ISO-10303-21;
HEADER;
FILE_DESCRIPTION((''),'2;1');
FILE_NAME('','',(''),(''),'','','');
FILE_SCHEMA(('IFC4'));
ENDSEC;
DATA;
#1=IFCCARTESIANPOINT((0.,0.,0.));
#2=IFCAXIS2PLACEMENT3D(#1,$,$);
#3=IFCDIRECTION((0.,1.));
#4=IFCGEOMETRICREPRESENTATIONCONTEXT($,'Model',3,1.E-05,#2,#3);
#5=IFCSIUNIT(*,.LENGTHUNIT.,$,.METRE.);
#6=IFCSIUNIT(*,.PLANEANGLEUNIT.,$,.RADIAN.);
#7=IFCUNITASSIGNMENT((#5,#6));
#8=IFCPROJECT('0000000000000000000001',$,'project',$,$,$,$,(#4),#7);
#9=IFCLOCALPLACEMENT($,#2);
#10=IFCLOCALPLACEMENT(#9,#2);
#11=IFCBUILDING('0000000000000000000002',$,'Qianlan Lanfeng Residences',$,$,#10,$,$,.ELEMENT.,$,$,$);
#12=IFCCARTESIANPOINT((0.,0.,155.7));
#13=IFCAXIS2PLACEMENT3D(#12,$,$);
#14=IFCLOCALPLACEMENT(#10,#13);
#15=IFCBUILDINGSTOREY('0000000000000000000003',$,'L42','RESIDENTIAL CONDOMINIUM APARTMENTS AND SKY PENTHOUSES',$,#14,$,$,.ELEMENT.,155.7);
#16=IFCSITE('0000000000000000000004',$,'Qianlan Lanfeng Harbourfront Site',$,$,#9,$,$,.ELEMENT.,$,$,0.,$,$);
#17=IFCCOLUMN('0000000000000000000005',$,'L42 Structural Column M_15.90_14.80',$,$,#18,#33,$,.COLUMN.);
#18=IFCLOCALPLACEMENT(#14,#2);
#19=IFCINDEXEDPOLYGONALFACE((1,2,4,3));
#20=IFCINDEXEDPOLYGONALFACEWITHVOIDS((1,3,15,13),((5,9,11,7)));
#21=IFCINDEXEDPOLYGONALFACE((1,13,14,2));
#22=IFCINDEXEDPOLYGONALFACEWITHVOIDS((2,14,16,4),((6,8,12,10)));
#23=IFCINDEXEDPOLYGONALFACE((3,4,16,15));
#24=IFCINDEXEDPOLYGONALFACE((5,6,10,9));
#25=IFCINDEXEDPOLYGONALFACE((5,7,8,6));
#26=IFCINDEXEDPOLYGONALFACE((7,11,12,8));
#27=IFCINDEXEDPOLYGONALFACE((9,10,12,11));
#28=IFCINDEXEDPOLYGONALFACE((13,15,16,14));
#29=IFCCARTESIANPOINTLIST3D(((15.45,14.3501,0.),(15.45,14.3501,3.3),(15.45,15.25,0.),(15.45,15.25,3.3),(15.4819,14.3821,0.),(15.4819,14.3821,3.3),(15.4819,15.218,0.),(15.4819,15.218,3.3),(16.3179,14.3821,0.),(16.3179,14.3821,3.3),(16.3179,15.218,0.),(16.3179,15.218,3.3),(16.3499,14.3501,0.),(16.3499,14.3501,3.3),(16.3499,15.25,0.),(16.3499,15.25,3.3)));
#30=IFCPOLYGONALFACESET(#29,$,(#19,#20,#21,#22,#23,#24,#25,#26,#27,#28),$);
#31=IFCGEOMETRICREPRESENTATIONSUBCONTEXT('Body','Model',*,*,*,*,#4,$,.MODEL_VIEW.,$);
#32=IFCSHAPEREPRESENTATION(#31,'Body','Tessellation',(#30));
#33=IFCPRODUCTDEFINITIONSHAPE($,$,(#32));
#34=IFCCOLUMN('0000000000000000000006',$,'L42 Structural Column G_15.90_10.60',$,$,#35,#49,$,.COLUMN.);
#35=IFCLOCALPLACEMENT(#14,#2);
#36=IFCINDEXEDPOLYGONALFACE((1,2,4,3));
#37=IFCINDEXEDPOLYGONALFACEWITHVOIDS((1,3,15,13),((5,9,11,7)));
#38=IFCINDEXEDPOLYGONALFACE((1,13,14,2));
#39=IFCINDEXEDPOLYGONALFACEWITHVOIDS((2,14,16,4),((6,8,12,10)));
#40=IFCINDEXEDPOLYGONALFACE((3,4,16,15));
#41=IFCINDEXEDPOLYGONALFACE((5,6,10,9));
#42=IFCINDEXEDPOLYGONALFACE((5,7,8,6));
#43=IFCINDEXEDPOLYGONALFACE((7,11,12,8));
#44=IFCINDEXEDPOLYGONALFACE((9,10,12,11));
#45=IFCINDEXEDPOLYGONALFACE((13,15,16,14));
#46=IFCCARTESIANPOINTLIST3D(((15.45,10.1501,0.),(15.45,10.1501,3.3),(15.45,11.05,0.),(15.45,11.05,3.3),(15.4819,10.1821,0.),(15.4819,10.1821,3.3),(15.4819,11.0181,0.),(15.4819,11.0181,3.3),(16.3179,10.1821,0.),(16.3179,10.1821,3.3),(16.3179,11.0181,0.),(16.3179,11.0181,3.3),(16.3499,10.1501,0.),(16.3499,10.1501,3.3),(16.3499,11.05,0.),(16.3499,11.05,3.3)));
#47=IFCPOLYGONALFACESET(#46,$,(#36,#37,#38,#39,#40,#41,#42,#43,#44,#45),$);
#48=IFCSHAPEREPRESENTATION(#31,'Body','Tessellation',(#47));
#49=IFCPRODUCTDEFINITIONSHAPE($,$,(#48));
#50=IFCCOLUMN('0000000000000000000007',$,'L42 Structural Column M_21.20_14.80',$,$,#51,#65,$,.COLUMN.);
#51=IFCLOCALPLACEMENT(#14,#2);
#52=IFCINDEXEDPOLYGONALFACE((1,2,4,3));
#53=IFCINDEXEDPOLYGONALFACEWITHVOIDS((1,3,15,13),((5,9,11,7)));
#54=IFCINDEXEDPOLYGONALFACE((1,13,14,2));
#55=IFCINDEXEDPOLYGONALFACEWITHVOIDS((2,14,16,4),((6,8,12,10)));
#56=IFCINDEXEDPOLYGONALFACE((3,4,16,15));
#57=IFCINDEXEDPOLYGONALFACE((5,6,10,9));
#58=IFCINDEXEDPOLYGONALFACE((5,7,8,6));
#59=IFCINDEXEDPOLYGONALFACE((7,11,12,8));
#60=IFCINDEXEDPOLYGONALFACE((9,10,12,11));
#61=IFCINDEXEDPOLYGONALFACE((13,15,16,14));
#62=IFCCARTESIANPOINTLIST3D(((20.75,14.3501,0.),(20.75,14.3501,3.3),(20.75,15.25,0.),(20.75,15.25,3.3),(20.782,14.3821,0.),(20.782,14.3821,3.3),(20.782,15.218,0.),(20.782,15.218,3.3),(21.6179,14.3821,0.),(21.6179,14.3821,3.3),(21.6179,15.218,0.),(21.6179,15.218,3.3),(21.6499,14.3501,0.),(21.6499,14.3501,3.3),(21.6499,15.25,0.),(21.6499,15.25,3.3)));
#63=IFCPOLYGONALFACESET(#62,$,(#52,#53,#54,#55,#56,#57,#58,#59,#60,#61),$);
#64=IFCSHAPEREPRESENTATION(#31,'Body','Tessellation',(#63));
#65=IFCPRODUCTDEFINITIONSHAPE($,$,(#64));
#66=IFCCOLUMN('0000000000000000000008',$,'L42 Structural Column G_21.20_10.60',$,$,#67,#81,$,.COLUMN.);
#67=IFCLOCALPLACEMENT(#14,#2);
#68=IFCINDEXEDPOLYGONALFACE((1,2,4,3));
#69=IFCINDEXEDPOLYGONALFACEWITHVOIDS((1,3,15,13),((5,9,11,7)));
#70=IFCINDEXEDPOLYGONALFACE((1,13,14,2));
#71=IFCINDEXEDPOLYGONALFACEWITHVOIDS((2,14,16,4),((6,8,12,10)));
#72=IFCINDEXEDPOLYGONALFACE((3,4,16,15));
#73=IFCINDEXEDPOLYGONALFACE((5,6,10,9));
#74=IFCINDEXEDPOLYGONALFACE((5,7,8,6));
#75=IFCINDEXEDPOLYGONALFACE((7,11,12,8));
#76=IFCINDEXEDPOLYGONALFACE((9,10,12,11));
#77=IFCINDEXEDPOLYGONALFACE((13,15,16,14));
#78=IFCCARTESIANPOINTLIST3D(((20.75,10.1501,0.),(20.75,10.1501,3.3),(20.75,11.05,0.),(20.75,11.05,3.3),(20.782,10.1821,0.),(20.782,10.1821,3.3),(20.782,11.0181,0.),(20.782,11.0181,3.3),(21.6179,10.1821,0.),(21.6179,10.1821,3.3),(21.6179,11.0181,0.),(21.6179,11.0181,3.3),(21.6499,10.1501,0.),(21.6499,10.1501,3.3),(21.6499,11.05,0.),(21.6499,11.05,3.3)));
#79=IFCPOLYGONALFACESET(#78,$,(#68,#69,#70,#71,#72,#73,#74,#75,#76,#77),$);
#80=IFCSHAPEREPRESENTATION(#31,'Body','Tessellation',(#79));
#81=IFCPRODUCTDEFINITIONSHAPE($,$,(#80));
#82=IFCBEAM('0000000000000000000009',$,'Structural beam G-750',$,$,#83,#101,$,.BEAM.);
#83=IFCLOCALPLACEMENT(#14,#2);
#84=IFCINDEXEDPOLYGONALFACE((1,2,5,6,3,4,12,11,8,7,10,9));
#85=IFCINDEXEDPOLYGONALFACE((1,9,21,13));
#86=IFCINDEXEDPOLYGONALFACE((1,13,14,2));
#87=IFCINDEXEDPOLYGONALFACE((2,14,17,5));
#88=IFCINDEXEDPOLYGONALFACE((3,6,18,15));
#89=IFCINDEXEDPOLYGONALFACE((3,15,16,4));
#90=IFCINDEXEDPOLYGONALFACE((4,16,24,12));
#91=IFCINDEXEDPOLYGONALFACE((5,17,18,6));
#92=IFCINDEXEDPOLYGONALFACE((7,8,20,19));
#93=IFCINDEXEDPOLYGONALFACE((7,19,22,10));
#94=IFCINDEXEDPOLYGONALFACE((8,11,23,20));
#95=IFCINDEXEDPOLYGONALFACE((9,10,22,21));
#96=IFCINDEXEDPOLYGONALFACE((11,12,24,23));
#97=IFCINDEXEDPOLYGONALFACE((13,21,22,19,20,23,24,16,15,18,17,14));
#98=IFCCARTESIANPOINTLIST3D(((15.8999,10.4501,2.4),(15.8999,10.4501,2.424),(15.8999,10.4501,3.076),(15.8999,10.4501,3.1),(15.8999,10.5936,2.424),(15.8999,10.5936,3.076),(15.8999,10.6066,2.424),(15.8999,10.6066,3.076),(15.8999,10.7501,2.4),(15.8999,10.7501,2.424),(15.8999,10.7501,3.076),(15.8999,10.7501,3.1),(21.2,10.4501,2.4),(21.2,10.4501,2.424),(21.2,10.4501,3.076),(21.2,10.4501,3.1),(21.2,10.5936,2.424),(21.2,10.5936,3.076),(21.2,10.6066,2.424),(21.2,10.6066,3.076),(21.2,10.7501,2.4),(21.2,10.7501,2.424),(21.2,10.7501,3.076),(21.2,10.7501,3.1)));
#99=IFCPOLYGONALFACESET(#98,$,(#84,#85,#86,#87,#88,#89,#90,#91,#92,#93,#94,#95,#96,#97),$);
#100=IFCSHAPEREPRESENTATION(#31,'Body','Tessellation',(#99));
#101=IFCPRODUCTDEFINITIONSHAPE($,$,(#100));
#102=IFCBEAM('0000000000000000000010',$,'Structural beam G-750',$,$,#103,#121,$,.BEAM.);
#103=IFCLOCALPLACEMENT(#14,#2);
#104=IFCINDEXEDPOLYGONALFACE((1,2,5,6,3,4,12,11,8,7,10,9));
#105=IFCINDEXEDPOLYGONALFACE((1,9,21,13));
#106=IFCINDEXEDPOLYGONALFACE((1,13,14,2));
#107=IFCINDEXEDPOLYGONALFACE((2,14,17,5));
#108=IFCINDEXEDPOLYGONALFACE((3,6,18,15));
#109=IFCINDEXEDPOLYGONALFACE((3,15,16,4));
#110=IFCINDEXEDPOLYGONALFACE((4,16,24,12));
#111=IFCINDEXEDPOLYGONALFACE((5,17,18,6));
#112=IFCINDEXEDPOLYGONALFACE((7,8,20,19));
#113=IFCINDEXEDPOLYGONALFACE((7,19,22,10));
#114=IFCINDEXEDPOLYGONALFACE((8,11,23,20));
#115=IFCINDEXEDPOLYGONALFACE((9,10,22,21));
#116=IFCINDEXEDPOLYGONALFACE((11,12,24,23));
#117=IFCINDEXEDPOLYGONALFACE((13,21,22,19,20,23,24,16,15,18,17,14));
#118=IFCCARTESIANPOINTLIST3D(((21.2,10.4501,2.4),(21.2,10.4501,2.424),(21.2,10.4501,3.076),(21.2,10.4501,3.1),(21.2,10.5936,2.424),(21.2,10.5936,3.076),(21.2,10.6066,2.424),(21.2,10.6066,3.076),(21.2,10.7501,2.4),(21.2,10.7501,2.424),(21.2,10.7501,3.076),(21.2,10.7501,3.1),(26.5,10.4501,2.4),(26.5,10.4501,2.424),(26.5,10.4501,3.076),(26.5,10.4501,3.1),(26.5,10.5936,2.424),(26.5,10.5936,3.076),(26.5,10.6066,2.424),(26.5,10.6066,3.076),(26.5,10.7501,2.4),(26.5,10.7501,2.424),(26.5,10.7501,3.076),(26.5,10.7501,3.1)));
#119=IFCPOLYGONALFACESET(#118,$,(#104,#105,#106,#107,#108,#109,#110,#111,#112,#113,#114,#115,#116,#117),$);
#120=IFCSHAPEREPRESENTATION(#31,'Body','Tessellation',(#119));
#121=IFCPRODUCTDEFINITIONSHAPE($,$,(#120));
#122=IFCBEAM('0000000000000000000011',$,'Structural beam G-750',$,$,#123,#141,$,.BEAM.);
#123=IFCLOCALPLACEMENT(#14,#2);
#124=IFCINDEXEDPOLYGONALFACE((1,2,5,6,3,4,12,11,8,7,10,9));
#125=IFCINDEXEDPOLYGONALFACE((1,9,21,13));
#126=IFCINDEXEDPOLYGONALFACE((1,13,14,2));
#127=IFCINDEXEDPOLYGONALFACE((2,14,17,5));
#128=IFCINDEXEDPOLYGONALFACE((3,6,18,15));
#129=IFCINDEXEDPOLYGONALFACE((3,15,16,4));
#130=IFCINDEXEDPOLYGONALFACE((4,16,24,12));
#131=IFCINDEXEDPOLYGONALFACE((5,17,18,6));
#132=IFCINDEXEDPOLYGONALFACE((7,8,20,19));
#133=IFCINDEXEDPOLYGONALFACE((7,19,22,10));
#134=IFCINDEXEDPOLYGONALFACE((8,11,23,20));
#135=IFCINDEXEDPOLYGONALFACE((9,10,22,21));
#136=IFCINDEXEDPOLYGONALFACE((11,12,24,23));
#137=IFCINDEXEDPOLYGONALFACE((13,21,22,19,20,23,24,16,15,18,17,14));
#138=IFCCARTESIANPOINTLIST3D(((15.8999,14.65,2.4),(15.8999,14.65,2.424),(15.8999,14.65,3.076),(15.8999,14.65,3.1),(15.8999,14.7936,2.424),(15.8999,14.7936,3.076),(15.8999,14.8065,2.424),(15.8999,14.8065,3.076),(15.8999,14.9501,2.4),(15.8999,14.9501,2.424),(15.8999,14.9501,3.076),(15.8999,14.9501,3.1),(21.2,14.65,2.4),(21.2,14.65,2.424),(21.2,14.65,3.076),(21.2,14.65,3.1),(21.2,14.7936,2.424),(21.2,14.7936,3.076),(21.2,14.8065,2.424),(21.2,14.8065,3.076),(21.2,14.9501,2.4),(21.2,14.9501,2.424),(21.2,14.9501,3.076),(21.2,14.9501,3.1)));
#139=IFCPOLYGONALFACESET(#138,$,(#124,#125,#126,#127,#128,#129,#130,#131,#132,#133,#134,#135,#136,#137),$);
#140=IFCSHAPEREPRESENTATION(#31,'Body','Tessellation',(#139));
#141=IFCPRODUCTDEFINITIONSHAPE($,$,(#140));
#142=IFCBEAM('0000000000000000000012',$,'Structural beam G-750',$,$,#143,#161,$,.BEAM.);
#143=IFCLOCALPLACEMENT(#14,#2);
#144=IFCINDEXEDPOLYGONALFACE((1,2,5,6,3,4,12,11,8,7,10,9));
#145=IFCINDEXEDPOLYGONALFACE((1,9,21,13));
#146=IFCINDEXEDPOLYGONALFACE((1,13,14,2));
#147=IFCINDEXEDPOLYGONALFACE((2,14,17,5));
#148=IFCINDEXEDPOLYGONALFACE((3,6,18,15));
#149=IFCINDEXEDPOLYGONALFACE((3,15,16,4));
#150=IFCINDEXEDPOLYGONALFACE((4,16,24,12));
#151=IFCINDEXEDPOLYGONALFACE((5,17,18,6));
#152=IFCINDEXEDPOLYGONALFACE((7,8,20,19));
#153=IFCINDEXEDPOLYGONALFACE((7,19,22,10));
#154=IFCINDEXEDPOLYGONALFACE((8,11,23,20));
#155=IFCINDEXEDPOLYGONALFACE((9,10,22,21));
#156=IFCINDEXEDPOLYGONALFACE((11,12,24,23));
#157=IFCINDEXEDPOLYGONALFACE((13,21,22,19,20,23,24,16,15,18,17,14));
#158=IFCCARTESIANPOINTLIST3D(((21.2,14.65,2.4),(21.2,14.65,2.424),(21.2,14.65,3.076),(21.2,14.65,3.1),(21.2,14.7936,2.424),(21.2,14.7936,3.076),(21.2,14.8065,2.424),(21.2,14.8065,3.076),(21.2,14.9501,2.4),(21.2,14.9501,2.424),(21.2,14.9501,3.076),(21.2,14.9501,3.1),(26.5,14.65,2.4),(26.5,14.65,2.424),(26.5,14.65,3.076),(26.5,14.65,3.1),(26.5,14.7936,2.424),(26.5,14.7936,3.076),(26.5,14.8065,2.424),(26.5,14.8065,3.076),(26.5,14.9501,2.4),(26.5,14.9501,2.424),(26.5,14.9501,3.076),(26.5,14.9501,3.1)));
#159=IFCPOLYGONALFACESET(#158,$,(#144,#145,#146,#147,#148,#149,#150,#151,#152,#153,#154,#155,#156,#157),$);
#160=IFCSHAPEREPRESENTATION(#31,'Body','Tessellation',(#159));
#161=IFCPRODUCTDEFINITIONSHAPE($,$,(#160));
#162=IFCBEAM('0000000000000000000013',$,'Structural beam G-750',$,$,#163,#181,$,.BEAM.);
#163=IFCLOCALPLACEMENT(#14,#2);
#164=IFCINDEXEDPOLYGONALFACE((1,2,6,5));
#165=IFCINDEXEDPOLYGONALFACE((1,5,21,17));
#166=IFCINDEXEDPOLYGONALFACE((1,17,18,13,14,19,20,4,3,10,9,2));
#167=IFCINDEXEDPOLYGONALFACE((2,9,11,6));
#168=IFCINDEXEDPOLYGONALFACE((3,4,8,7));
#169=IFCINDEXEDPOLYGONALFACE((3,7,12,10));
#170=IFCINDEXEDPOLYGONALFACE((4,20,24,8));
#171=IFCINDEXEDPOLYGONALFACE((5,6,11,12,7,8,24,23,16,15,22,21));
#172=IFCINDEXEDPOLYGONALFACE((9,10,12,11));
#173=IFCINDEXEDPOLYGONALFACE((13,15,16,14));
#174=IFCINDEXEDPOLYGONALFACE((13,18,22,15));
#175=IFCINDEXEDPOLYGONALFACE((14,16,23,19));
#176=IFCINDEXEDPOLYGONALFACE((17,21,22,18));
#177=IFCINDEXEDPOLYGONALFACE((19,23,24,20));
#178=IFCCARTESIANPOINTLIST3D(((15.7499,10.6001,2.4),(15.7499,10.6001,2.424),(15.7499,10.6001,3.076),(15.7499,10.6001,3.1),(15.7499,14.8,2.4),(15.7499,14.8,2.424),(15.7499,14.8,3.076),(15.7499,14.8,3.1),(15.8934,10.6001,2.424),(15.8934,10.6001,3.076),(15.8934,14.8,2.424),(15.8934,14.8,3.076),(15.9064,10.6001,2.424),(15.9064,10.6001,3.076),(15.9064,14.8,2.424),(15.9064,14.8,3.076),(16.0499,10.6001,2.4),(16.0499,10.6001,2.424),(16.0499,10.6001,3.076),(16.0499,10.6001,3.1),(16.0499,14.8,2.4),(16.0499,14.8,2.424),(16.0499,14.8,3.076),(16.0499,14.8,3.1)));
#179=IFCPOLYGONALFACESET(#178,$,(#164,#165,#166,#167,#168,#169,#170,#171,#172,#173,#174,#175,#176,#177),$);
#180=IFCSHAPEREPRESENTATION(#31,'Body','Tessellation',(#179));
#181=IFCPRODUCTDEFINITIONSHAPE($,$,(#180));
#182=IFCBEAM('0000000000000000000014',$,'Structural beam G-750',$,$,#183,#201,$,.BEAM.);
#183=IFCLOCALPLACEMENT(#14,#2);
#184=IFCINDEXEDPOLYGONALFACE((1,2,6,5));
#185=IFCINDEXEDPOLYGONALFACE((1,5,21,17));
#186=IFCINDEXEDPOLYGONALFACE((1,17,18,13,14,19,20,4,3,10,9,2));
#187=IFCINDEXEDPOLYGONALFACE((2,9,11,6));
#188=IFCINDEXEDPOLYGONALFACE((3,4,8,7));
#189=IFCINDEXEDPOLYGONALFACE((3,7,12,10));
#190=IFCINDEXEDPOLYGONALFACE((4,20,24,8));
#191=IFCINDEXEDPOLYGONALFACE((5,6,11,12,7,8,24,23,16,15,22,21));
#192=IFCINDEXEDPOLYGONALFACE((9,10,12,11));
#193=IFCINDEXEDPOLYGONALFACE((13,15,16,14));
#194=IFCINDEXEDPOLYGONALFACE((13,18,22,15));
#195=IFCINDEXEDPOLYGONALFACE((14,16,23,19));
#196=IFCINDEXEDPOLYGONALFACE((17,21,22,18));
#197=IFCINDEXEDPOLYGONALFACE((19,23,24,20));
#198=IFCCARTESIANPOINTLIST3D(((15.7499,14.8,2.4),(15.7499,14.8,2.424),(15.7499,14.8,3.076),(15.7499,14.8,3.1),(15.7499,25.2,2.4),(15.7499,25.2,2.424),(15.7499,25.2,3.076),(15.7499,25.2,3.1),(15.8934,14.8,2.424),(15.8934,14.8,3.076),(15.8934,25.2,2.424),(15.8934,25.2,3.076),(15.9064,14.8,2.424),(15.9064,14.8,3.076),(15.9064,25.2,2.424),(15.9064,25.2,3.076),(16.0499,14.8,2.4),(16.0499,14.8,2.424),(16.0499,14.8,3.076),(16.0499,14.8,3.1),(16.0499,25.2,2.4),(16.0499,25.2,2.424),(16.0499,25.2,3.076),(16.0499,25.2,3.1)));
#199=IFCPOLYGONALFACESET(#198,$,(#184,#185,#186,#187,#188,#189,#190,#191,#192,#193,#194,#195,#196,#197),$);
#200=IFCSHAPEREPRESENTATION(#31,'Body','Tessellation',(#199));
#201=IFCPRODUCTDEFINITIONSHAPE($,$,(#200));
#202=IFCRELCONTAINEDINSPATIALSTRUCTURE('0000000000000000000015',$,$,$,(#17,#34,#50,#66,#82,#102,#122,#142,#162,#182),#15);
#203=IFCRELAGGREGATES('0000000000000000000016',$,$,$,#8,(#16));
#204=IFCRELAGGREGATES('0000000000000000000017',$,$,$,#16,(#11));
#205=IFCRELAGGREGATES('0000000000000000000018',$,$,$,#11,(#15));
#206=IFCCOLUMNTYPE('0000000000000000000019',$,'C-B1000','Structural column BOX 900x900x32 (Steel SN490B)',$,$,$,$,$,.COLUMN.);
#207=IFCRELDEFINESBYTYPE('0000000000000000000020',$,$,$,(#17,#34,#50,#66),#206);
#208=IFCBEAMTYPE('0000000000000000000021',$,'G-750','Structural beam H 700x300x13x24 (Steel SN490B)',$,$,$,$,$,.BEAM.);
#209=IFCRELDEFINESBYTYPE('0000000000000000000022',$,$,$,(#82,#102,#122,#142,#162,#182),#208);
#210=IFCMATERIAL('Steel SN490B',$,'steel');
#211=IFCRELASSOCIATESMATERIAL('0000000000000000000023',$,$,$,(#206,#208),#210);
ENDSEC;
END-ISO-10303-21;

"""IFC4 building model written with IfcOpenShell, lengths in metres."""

from ifc_helpers import new_model, si_unit, direction, frame, origin, origin_2d, place, context, subcontext, project, spatial, hollow_rectangle, i_section, extrude, material, material_profile, profile_set, type_object, element, save


model = new_model("IFC4")

# Units and contexts
model_context = context("Model", 3, precision=1e-05, world=origin(), true_north=direction((0.0, 1.0)))
body_context = subcontext(model_context, "Body", "Model", "MODEL_VIEW")
ifc_project = project(units=[si_unit("LENGTHUNIT", "METRE"), si_unit("PLANEANGLEUNIT", "RADIAN")], contexts=[model_context])

# Site, building, storey
site_placement = place(None, origin())
site = spatial("IfcSite", under=ifc_project, at=site_placement, Name="Qianlan Lanfeng Harbourfront Site", CompositionType="ELEMENT", RefElevation=0.0)
building_placement = place(site_placement, origin())
building = spatial("IfcBuilding", under=site, at=building_placement, Name="Qianlan Lanfeng Residences", CompositionType="ELEMENT")
storey_placement = place(building_placement, frame((0.0, 0.0, 155.7)))
storey = spatial("IfcBuildingStorey", under=building, at=storey_placement, Name="L42", Description="RESIDENTIAL CONDOMINIUM APARTMENTS AND SKY PENTHOUSES", CompositionType="ELEMENT", Elevation=155.7)

# Columns
ifc_material_1 = material(Name="Steel SN490B", Category="steel")
ifc_material_profile_1 = material_profile(ifc_material_1, hollow_rectangle(XDim=0.8999, YDim=0.8999, WallThickness=0.032, at=origin_2d()), Name="BOX 900x900x32")
ifc_profile_set_1 = profile_set([ifc_material_profile_1], Name="Steel SN490B")
column_type = type_object("IfcColumnType", Name="C-B1000", Description="Structural column BOX 900x900x32 (Steel SN490B)", PredefinedType="COLUMN", material=ifc_profile_set_1)
for number, where, z_axis, x_axis, name in (
    (1, (15.8999, 14.8, 0.0), (0.0, 0.0, 1.0), (1.0, 0.0, 0.0), "L42 Structural Column M_15.90_14.80"),
    (2, (15.8999, 10.6001, 0.0), (0.0, 0.0, 1.0), (1.0, 0.0, 0.0), "L42 Structural Column G_15.90_10.60"),
    (3, (21.2, 14.8, 0.0), (0.0, 0.0, 1.0), (1.0, 0.0, 0.0), "L42 Structural Column M_21.20_14.80"),
    (4, (21.2, 10.6001, 0.0), (0.0, 0.0, 1.0), (1.0, 0.0, 0.0), "L42 Structural Column G_21.20_10.60"),
):
    element("IfcColumn", number, at=place(storey_placement, frame(where, z_axis=z_axis, x_axis=x_axis)), inside=storey, type_object=column_type, Name=name, PredefinedType="COLUMN", context=body_context, shape_type="SweptSolid", body=[
        extrude(hollow_rectangle(XDim=0.8999, YDim=0.8999, WallThickness=0.032, at=origin_2d()), origin(), (0.0, 0.0, 1.0), 3.3),
    ])

# Beams
ifc_material_profile_2 = material_profile(ifc_material_1, i_section(OverallWidth=0.3, OverallDepth=0.7, WebThickness=0.0129, FlangeThickness=0.0239, at=origin_2d()), Name="H 700x300x13x24")
ifc_profile_set_2 = profile_set([ifc_material_profile_2], Name="Steel SN490B")
beam_type_1 = type_object("IfcBeamType", Name="G-750", Description="Structural beam H 700x300x13x24 (Steel SN490B)", PredefinedType="BEAM", material=ifc_profile_set_2)
for number, where, z_axis, x_axis, name in (
    (5, (15.8999, 10.6001, 2.75), (1.0, 0.0, 0.0), (0.0, 1.0, 0.0), "Structural beam G-750"),
    (6, (21.2, 10.6001, 2.75), (1.0, 0.0, 0.0), (0.0, 1.0, 0.0), "Structural beam G-750"),
    (7, (15.8999, 14.8, 2.75), (1.0, 0.0, 0.0), (0.0, 1.0, 0.0), "Structural beam G-750"),
    (8, (21.2, 14.8, 2.75), (1.0, 0.0, 0.0), (0.0, 1.0, 0.0), "Structural beam G-750"),
):
    element("IfcBeam", number, at=place(storey_placement, frame(where, z_axis=z_axis, x_axis=x_axis)), inside=storey, type_object=beam_type_1, Name=name, PredefinedType="BEAM", context=body_context, shape_type="SweptSolid", body=[
        extrude(i_section(OverallWidth=0.3, OverallDepth=0.7, WebThickness=0.0129, FlangeThickness=0.0239, at=origin_2d()), origin(), (0.0, 0.0, 1.0), 5.3),
    ])
beam_1_placement = place(storey_placement, frame((15.8999, 10.6001, 2.75), z_axis=(0.0, 1.0, 0.0), x_axis=(-1.0, 0.0, 0.0)))
element("IfcBeam", 9, at=beam_1_placement, inside=storey, type_object=beam_type_1, Name="Structural beam G-750", PredefinedType="BEAM", context=body_context, shape_type="SweptSolid", body=[
    extrude(i_section(OverallWidth=0.3, OverallDepth=0.7, WebThickness=0.0129, FlangeThickness=0.0239, at=origin_2d()), origin(), (0.0, 0.0, 1.0), 4.2),
])
beam_2_placement = place(storey_placement, frame((15.8999, 14.8, 2.75), z_axis=(0.0, 1.0, 0.0), x_axis=(-1.0, 0.0, 0.0)))
element("IfcBeam", 10, at=beam_2_placement, inside=storey, type_object=beam_type_1, Name="Structural beam G-750", PredefinedType="BEAM", context=body_context, shape_type="SweptSolid", body=[
    extrude(i_section(OverallWidth=0.3, OverallDepth=0.7, WebThickness=0.0129, FlangeThickness=0.0239, at=origin_2d()), origin(), (0.0, 0.0, 1.0), 10.3999),
])

save(model, "model.ifc")
